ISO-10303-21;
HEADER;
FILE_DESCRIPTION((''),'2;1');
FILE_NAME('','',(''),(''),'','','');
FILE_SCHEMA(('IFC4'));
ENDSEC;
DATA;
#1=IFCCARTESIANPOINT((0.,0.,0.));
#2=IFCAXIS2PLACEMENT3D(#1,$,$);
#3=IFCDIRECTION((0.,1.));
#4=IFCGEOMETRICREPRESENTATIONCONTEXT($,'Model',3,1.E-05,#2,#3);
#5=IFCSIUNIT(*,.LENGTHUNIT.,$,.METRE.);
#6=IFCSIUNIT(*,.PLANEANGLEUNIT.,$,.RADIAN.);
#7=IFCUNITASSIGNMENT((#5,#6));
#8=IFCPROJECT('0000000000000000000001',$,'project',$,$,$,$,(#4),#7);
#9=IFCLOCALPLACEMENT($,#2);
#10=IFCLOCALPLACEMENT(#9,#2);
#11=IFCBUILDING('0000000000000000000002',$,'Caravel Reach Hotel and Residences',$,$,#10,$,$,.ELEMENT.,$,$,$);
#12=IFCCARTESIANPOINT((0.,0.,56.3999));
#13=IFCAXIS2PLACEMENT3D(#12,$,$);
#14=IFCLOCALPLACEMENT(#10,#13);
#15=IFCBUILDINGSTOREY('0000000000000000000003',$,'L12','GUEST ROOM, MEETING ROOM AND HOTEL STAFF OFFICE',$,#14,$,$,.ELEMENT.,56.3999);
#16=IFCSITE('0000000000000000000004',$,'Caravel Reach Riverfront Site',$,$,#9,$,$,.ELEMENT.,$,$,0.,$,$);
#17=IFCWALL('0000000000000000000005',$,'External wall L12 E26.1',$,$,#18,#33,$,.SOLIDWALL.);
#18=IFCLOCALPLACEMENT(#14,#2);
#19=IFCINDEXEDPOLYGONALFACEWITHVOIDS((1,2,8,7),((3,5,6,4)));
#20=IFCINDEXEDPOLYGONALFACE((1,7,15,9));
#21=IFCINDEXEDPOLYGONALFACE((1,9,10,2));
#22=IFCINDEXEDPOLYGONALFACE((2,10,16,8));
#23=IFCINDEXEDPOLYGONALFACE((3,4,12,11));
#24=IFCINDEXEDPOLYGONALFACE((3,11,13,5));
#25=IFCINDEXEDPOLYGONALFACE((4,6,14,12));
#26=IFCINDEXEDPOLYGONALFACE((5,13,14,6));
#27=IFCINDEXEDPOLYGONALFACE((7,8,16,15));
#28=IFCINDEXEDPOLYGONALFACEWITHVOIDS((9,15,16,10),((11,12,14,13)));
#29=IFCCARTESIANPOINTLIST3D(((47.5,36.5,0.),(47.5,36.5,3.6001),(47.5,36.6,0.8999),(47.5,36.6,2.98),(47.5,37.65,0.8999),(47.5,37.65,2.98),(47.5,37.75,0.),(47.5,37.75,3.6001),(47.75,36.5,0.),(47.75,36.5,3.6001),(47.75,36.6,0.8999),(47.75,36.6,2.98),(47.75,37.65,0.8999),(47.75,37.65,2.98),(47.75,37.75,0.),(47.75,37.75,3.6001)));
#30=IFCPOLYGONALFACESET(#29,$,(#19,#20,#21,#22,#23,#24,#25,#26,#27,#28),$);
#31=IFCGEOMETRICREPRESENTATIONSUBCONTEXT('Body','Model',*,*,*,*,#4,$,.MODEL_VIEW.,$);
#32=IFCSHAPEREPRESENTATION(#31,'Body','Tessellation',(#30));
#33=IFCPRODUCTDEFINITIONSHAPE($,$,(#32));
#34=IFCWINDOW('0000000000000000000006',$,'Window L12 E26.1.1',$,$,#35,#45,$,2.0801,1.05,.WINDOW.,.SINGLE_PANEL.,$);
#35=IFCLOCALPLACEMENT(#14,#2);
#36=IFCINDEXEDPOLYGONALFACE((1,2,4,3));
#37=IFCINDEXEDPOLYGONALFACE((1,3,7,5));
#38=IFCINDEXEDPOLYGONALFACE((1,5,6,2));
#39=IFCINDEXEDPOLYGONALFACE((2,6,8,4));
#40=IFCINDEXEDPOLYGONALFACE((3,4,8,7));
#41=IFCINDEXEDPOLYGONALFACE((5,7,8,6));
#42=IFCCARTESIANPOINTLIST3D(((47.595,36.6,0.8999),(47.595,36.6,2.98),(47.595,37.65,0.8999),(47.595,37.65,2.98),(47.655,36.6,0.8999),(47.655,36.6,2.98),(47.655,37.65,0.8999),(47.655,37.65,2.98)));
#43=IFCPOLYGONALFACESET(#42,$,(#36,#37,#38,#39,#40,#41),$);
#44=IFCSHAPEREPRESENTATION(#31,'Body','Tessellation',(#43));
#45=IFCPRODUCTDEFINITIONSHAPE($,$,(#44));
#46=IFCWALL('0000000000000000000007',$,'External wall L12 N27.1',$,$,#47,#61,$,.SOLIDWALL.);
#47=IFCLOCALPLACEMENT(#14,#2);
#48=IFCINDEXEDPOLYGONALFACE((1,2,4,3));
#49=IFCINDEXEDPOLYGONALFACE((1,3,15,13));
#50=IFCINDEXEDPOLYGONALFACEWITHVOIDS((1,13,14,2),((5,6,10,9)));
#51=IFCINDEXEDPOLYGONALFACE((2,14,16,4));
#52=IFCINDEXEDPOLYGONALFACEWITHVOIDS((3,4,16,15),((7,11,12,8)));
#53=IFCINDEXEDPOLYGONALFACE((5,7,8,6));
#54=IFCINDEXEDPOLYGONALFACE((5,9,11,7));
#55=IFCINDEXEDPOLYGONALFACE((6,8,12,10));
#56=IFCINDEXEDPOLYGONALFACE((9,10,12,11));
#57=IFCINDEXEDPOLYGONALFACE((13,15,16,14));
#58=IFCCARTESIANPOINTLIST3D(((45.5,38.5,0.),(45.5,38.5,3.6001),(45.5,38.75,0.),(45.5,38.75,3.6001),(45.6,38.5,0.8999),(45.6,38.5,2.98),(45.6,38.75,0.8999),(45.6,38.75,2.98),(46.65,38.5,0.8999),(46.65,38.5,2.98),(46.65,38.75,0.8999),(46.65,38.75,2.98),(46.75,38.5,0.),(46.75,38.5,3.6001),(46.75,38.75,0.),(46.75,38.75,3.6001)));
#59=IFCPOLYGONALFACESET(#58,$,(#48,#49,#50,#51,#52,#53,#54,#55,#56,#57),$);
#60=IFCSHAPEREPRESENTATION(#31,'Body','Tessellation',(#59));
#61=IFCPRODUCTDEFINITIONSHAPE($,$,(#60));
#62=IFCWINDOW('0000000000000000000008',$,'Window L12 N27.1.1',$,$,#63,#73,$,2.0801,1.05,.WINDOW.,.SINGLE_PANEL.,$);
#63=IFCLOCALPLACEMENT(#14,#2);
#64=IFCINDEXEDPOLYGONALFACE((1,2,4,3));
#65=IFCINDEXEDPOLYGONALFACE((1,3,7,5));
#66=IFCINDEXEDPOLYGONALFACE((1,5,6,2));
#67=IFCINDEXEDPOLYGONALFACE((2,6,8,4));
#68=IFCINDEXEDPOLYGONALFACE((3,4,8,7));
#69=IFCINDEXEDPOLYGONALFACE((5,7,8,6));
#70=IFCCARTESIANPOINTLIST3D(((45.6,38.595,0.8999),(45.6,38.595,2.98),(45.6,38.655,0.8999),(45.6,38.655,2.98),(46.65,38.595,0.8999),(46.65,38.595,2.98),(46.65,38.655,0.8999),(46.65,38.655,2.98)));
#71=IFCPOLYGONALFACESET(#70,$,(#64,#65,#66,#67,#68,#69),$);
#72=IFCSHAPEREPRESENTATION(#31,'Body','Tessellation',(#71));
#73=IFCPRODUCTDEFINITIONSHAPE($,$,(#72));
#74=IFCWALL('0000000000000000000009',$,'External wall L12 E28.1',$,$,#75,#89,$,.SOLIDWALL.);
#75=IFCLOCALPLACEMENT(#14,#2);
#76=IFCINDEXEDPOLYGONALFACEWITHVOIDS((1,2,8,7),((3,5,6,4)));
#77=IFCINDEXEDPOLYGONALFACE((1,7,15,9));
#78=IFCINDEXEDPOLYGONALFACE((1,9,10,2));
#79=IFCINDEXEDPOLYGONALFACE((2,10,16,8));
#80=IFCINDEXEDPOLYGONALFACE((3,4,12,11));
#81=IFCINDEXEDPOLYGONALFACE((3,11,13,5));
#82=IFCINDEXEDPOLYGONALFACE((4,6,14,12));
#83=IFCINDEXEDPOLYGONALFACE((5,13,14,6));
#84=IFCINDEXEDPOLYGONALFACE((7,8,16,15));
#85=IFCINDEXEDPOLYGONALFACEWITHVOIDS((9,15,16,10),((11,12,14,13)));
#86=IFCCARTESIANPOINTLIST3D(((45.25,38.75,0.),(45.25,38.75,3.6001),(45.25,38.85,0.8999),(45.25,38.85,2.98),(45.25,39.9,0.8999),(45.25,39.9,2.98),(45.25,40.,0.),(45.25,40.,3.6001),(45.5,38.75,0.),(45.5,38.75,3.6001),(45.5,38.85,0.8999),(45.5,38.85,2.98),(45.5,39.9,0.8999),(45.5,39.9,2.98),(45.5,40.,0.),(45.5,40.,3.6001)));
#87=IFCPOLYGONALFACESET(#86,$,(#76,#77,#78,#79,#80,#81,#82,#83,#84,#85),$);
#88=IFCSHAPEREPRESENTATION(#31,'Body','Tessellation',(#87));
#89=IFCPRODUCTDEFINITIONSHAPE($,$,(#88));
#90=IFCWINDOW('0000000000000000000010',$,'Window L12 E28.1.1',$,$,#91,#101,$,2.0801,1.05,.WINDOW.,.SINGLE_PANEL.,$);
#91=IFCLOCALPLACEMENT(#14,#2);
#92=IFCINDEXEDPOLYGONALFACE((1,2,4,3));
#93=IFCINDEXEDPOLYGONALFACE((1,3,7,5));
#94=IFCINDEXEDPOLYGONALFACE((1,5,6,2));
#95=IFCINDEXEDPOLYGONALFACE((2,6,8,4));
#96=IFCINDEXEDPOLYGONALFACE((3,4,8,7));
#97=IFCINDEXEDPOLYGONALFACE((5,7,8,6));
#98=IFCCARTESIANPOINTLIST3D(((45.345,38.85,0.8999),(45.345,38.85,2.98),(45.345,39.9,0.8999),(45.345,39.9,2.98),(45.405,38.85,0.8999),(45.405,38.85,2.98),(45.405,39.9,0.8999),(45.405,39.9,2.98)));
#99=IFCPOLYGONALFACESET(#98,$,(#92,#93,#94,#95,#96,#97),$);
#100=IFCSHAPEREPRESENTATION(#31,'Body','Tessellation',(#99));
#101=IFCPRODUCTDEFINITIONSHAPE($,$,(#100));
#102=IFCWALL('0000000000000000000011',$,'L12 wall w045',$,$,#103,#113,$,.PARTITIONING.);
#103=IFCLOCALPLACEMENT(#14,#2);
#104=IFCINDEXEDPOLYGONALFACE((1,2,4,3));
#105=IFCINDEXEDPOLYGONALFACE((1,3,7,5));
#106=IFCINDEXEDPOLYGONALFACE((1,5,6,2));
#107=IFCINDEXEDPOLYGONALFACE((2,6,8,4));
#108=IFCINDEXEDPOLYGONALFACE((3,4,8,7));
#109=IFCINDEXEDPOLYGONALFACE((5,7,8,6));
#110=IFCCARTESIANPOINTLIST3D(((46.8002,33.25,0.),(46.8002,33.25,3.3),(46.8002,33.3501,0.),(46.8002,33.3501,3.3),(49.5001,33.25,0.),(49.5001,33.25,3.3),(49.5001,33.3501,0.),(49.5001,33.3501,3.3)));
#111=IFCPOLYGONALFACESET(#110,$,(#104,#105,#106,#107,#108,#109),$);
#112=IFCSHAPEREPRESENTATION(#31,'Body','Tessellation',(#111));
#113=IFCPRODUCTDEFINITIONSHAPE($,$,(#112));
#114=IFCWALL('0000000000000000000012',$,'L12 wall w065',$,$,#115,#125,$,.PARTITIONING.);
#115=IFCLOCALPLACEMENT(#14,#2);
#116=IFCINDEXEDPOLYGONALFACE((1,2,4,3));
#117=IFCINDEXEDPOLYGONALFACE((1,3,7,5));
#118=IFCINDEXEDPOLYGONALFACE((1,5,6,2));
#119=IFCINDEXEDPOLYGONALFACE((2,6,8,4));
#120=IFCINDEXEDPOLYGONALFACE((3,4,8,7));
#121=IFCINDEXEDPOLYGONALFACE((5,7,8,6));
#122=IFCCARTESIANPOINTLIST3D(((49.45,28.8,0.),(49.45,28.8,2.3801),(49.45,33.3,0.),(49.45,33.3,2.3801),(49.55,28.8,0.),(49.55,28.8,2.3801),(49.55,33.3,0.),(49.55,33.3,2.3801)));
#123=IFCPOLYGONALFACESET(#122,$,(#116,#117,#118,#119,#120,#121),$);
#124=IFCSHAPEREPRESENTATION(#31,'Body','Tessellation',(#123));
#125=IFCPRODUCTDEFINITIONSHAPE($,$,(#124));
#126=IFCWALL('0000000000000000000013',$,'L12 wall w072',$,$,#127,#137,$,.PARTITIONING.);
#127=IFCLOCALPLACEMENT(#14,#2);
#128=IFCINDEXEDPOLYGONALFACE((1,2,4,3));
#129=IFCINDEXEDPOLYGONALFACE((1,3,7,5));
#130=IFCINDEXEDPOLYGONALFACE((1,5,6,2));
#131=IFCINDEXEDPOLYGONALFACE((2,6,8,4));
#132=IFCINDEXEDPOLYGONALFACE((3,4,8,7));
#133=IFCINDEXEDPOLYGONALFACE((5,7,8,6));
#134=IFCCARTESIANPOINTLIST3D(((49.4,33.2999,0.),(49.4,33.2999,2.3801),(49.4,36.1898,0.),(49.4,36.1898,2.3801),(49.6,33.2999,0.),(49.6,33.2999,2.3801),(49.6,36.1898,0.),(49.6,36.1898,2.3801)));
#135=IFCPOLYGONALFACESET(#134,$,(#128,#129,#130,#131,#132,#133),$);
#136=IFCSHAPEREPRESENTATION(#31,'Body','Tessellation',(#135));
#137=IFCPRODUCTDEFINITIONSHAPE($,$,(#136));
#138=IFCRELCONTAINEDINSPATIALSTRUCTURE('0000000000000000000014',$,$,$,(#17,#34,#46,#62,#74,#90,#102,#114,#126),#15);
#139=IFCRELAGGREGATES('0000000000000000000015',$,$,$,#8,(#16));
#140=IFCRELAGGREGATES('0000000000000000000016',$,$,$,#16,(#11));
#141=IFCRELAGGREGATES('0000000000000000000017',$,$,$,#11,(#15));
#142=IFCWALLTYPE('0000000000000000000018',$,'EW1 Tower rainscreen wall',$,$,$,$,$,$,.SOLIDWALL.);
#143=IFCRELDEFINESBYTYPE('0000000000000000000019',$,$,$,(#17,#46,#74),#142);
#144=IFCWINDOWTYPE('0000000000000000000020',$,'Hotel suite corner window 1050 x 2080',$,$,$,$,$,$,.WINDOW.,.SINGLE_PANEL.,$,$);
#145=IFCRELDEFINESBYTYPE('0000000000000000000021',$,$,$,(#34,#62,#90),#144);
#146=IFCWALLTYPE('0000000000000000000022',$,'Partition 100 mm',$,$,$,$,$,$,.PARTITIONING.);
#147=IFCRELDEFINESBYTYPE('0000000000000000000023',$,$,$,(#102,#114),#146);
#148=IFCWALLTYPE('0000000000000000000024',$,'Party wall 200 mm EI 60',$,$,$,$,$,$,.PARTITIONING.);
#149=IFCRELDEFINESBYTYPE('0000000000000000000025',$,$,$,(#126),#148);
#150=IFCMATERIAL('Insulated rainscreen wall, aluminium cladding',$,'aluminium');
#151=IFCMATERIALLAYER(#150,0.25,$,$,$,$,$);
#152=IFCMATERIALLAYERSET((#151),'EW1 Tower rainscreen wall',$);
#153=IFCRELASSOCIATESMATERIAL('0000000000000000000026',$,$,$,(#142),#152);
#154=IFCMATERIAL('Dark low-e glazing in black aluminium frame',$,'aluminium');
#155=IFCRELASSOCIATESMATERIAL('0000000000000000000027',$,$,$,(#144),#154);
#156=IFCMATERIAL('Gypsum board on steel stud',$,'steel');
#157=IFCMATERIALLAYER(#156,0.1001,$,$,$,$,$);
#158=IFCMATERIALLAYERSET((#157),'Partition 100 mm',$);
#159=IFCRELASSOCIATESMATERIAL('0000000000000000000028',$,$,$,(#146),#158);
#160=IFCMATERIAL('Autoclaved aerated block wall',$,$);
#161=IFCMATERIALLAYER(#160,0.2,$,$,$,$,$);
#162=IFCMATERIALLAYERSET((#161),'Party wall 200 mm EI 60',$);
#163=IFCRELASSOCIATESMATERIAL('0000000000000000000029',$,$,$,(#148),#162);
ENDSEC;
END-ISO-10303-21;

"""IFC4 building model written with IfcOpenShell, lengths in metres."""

from ifc_helpers import new_model, si_unit, direction, frame, frame_2d, origin, place, context, subcontext, project, spatial, rectangle, extrude, material, layer, layer_set, type_object, element, fill, save


model = new_model("IFC4")

# Units and contexts
model_context = context("Model", 3, precision=1e-05, world=origin(), true_north=direction((0.0, 1.0)))
body_context = subcontext(model_context, "Body", "Model", "MODEL_VIEW")
ifc_project = project(units=[si_unit("LENGTHUNIT", "METRE"), si_unit("PLANEANGLEUNIT", "RADIAN")], contexts=[model_context])

# Site, building, storey
site_placement = place(None, origin())
site = spatial("IfcSite", under=ifc_project, at=site_placement, Name="Caravel Reach Riverfront Site", CompositionType="ELEMENT", RefElevation=0.0)
building_placement = place(site_placement, origin())
building = spatial("IfcBuilding", under=site, at=building_placement, Name="Caravel Reach Hotel and Residences", CompositionType="ELEMENT")
storey_placement = place(building_placement, frame((0.0, 0.0, 56.3999)))
storey = spatial("IfcBuildingStorey", under=building, at=storey_placement, Name="L12", Description="GUEST ROOM, MEETING ROOM AND HOTEL STAFF OFFICE", CompositionType="ELEMENT", Elevation=56.3999)

# Walls, openings, windows
ifc_material_1 = material(Name="Insulated rainscreen wall, aluminium cladding", Category="aluminium")
ifc_layer_1 = layer(ifc_material_1, 0.25)
ifc_layer_set_1 = layer_set([ifc_layer_1], Name="EW1 Tower rainscreen wall")
wall_type_1 = type_object("IfcWallType", Name="EW1 Tower rainscreen wall", PredefinedType="SOLIDWALL", material=ifc_layer_set_1)
ifc_material_2 = material(Name="Dark low-e glazing in black aluminium frame", Category="aluminium")
window_type = type_object("IfcWindowType", Name="Hotel suite corner window 1050 x 2080", PartitioningType="SINGLE_PANEL", PredefinedType="WINDOW", material=ifc_material_2)
wall_1_placement = place(storey_placement, frame((47.625, 36.5, 0.0), z_axis=(0.0, 0.0, 1.0), x_axis=(0.0, 1.0, 0.0)))
wall_1 = element("IfcWall", 1, at=wall_1_placement, inside=storey, type_object=wall_type_1, Name="External wall L12 E26.1", PredefinedType="SOLIDWALL", context=body_context, shape_type="SweptSolid", body=[
    extrude(rectangle(XDim=1.25, YDim=0.25, at=frame_2d((0.625, 0.0))), origin(), (0.0, 0.0, 1.0), 3.6001),
])
opening_1_placement = place(wall_1_placement, frame((0.1001, 0.0, 0.8999)))
opening_1 = element("IfcOpeningElement", 2, at=opening_1_placement, cuts=wall_1, PredefinedType="OPENING", context=body_context, shape_type="SweptSolid", body=[
    extrude(rectangle(XDim=1.05, YDim=2.0801, at=frame_2d((0.5249, 1.04))), frame((0.0, 0.135, 0.0), z_axis=(0.0, -1.0, 0.0), x_axis=(1.0, 0.0, 0.0)), (0.0, 0.0, 1.0), 0.27),
])
window_1_placement = place(opening_1_placement, origin())
window_1 = element("IfcWindow", 3, at=window_1_placement, inside=storey, type_object=window_type, Name="Window L12 E26.1.1", OverallHeight=2.0801, OverallWidth=1.05, PartitioningType="SINGLE_PANEL", PredefinedType="WINDOW", context=body_context, shape_type="SweptSolid", body=[
    extrude(rectangle(XDim=1.05, YDim=2.0801, at=frame_2d((0.5249, 1.04))), frame((0.0, 0.03, 0.0), z_axis=(0.0, -1.0, 0.0), x_axis=(1.0, 0.0, 0.0)), (0.0, 0.0, 1.0), 0.0601),
])
fill(opening_1, window_1)
wall_2_placement = place(storey_placement, frame((46.75, 38.625, 0.0), z_axis=(0.0, 0.0, 1.0), x_axis=(-1.0, 0.0, 0.0)))
wall_2 = element("IfcWall", 4, at=wall_2_placement, inside=storey, type_object=wall_type_1, Name="External wall L12 N27.1", PredefinedType="SOLIDWALL", context=body_context, shape_type="SweptSolid", body=[
    extrude(rectangle(XDim=1.25, YDim=0.25, at=frame_2d((0.625, 0.0))), origin(), (0.0, 0.0, 1.0), 3.6001),
])
opening_2_placement = place(wall_2_placement, frame((0.1001, 0.0, 0.8999)))
opening_2 = element("IfcOpeningElement", 5, at=opening_2_placement, cuts=wall_2, PredefinedType="OPENING", context=body_context, shape_type="SweptSolid", body=[
    extrude(rectangle(XDim=1.05, YDim=2.0801, at=frame_2d((0.5249, 1.04))), frame((0.0, 0.135, 0.0), z_axis=(0.0, -1.0, 0.0), x_axis=(1.0, 0.0, 0.0)), (0.0, 0.0, 1.0), 0.27),
])
window_2_placement = place(opening_2_placement, origin())
window_2 = element("IfcWindow", 6, at=window_2_placement, inside=storey, type_object=window_type, Name="Window L12 N27.1.1", OverallHeight=2.0801, OverallWidth=1.05, PartitioningType="SINGLE_PANEL", PredefinedType="WINDOW", context=body_context, shape_type="SweptSolid", body=[
    extrude(rectangle(XDim=1.05, YDim=2.0801, at=frame_2d((0.5249, 1.04))), frame((0.0, 0.03, 0.0), z_axis=(0.0, -1.0, 0.0), x_axis=(1.0, 0.0, 0.0)), (0.0, 0.0, 1.0), 0.0601),
])
fill(opening_2, window_2)
wall_3_placement = place(storey_placement, frame((45.375, 38.75, 0.0), z_axis=(0.0, 0.0, 1.0), x_axis=(0.0, 1.0, 0.0)))
wall_3 = element("IfcWall", 7, at=wall_3_placement, inside=storey, type_object=wall_type_1, Name="External wall L12 E28.1", PredefinedType="SOLIDWALL", context=body_context, shape_type="SweptSolid", body=[
    extrude(rectangle(XDim=1.25, YDim=0.25, at=frame_2d((0.625, 0.0))), origin(), (0.0, 0.0, 1.0), 3.6001),
])
opening_3_placement = place(wall_3_placement, frame((0.1001, 0.0, 0.8999)))
opening_3 = element("IfcOpeningElement", 8, at=opening_3_placement, cuts=wall_3, PredefinedType="OPENING", context=body_context, shape_type="SweptSolid", body=[
    extrude(rectangle(XDim=1.05, YDim=2.0801, at=frame_2d((0.5249, 1.04))), frame((0.0, 0.135, 0.0), z_axis=(0.0, -1.0, 0.0), x_axis=(1.0, 0.0, 0.0)), (0.0, 0.0, 1.0), 0.27),
])
window_3_placement = place(opening_3_placement, origin())
window_3 = element("IfcWindow", 9, at=window_3_placement, inside=storey, type_object=window_type, Name="Window L12 E28.1.1", OverallHeight=2.0801, OverallWidth=1.05, PartitioningType="SINGLE_PANEL", PredefinedType="WINDOW", context=body_context, shape_type="SweptSolid", body=[
    extrude(rectangle(XDim=1.05, YDim=2.0801, at=frame_2d((0.5249, 1.04))), frame((0.0, 0.03, 0.0), z_axis=(0.0, -1.0, 0.0), x_axis=(1.0, 0.0, 0.0)), (0.0, 0.0, 1.0), 0.0601),
])
fill(opening_3, window_3)

# Walls
ifc_material_3 = material(Name="Gypsum board on steel stud", Category="steel")
ifc_layer_2 = layer(ifc_material_3, 0.1001)
ifc_layer_set_2 = layer_set([ifc_layer_2], Name="Partition 100 mm")
wall_type_2 = type_object("IfcWallType", Name="Partition 100 mm", PredefinedType="PARTITIONING", material=ifc_layer_set_2)
wall_4_placement = place(storey_placement, frame((46.8, 33.3, 0.0), z_axis=(0.0, 0.0, 1.0), x_axis=(1.0, 0.0, 0.0)))
element("IfcWall", 10, at=wall_4_placement, inside=storey, type_object=wall_type_2, Name="L12 wall w045", PredefinedType="PARTITIONING", context=body_context, shape_type="SweptSolid", body=[
    extrude(rectangle(XDim=2.7, YDim=0.1001, at=frame_2d((1.3501, 0.0))), origin(), (0.0, 0.0, 1.0), 3.3),
])
wall_5_placement = place(storey_placement, frame((49.5, 28.8, 0.0), z_axis=(0.0, 0.0, 1.0), x_axis=(0.0, 1.0, 0.0)))
element("IfcWall", 11, at=wall_5_placement, inside=storey, type_object=wall_type_2, Name="L12 wall w065", PredefinedType="PARTITIONING", context=body_context, shape_type="SweptSolid", body=[
    extrude(rectangle(XDim=4.5, YDim=0.1001, at=frame_2d((2.25, 0.0))), origin(), (0.0, 0.0, 1.0), 2.3801),
])
ifc_material_4 = material(Name="Autoclaved aerated block wall")
ifc_layer_3 = layer(ifc_material_4, 0.2)
ifc_layer_set_3 = layer_set([ifc_layer_3], Name="Party wall 200 mm EI 60")
wall_type_3 = type_object("IfcWallType", Name="Party wall 200 mm EI 60", PredefinedType="PARTITIONING", material=ifc_layer_set_3)
wall_6_placement = place(storey_placement, frame((49.5, 33.3, 0.0), z_axis=(0.0, 0.0, 1.0), x_axis=(0.0, 1.0, 0.0)))
element("IfcWall", 12, at=wall_6_placement, inside=storey, type_object=wall_type_3, Name="L12 wall w072", PredefinedType="PARTITIONING", context=body_context, shape_type="SweptSolid", body=[
    extrude(rectangle(XDim=2.8899, YDim=0.2, at=frame_2d((1.4448, 0.0))), origin(), (0.0, 0.0, 1.0), 2.3801),
])

save(model, "model.ifc")
